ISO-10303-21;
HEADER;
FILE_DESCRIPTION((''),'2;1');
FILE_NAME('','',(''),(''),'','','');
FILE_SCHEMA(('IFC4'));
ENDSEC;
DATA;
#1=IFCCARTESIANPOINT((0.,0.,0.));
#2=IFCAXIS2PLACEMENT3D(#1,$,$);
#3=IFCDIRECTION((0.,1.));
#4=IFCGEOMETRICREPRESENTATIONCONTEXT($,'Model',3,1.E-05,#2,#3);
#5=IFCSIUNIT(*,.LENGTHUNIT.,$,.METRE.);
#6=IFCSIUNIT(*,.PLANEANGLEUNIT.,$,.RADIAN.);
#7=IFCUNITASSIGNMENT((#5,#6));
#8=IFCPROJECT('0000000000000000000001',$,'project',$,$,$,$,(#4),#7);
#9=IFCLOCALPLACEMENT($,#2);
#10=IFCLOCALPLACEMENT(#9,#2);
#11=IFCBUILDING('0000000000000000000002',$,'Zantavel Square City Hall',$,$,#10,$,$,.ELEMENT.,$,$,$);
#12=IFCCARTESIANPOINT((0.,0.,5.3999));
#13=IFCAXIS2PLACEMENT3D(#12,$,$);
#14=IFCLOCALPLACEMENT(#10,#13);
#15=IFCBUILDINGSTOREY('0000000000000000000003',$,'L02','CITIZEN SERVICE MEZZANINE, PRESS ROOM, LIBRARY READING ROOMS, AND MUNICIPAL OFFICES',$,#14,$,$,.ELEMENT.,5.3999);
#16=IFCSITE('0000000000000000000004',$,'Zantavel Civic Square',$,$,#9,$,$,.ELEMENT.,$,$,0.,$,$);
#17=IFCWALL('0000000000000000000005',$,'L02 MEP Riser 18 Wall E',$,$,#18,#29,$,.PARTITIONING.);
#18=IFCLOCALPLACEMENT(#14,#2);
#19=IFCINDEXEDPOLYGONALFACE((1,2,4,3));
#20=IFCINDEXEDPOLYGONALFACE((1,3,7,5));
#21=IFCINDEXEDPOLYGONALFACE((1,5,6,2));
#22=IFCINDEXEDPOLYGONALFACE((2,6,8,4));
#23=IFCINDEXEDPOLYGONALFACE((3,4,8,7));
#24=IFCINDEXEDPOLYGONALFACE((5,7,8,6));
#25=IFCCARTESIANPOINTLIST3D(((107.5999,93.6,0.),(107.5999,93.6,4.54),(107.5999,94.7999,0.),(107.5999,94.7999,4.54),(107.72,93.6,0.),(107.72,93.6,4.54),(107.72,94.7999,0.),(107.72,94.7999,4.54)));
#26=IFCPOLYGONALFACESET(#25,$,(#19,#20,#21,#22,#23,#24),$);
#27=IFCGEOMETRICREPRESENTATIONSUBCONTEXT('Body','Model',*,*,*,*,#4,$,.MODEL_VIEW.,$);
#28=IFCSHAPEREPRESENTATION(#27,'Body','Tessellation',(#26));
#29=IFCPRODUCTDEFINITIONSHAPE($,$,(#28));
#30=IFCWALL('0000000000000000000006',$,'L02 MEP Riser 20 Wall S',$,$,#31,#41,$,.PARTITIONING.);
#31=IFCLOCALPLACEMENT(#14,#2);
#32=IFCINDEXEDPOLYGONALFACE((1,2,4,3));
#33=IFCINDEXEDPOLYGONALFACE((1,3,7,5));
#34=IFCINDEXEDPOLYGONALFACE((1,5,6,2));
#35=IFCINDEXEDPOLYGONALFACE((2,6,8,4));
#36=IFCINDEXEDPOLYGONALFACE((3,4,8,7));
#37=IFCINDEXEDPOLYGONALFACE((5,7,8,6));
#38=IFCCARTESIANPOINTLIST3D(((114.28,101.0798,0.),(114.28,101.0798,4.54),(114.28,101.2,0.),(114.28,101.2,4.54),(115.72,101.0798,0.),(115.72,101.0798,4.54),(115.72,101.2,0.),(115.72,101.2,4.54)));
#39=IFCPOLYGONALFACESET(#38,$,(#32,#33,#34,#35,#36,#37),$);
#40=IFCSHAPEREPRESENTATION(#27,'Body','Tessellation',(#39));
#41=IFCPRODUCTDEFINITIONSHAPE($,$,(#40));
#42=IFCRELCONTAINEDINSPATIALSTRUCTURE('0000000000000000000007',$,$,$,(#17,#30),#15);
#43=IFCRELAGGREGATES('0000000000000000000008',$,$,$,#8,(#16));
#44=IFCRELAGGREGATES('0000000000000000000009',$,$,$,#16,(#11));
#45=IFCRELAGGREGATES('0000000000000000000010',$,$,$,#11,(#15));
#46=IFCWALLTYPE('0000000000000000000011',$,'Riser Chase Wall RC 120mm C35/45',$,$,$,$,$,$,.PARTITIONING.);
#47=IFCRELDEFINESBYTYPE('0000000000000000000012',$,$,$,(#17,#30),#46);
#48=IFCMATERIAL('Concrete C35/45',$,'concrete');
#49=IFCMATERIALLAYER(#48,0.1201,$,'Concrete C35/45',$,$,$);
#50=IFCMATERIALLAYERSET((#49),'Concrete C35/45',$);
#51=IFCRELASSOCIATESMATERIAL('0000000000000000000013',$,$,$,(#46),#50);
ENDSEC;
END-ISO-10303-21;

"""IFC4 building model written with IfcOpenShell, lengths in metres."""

from ifc_helpers import new_model, si_unit, direction, frame, frame_2d, origin, place, context, subcontext, project, spatial, rectangle, extrude, material, layer, layer_set, type_object, element, save


model = new_model("IFC4")

# Units and contexts
model_context = context("Model", 3, precision=1e-05, world=origin(), true_north=direction((0.0, 1.0)))
body_context = subcontext(model_context, "Body", "Model", "MODEL_VIEW")
ifc_project = project(units=[si_unit("LENGTHUNIT", "METRE"), si_unit("PLANEANGLEUNIT", "RADIAN")], contexts=[model_context])

# Site, building, storey
site_placement = place(None, origin())
site = spatial("IfcSite", under=ifc_project, at=site_placement, Name="Zantavel Civic Square", CompositionType="ELEMENT", RefElevation=0.0)
building_placement = place(site_placement, origin())
building = spatial("IfcBuilding", under=site, at=building_placement, Name="Zantavel Square City Hall", CompositionType="ELEMENT")
storey_placement = place(building_placement, frame((0.0, 0.0, 5.3999)))
storey = spatial("IfcBuildingStorey", under=building, at=storey_placement, Name="L02", Description="CITIZEN SERVICE MEZZANINE, PRESS ROOM, LIBRARY READING ROOMS, AND MUNICIPAL OFFICES", CompositionType="ELEMENT", Elevation=5.3999)

# Shared definitions
ifc_material_1 = material(Name="Concrete C35/45", Category="concrete")

# Walls
ifc_layer_1 = layer(ifc_material_1, 0.1201, Name="Concrete C35/45")
ifc_layer_set_1 = layer_set([ifc_layer_1], Name="Concrete C35/45")
wall_type_1 = type_object("IfcWallType", Name="Riser Chase Wall RC 120mm C35/45", PredefinedType="PARTITIONING", material=ifc_layer_set_1)
wall_1_placement = place(storey_placement, frame((107.6599, 94.8, 0.0), z_axis=(0.0, 0.0, 1.0), x_axis=(0.0, -1.0, 0.0)))
element("IfcWall", 1, at=wall_1_placement, inside=storey, type_object=wall_type_1, Name="L02 MEP Riser 18 Wall E", PredefinedType="PARTITIONING", context=body_context, shape_type="SweptSolid", body=[
    extrude(rectangle(XDim=1.2, YDim=0.1201, at=frame_2d((0.6001, 0.0))), origin(), (0.0, 0.0, 1.0), 4.54),
])
wall_2_placement = place(storey_placement, frame((115.72, 101.1399, 0.0), z_axis=(0.0, 0.0, 1.0), x_axis=(-1.0, 0.0, 0.0)))
element("IfcWall", 2, at=wall_2_placement, inside=storey, type_object=wall_type_1, Name="L02 MEP Riser 20 Wall S", PredefinedType="PARTITIONING", context=body_context, shape_type="SweptSolid", body=[
    extrude(rectangle(XDim=1.4399, YDim=0.1201, at=frame_2d((0.72, 0.0))), origin(), (0.0, 0.0, 1.0), 4.54),
])

save(model, "model.ifc")
